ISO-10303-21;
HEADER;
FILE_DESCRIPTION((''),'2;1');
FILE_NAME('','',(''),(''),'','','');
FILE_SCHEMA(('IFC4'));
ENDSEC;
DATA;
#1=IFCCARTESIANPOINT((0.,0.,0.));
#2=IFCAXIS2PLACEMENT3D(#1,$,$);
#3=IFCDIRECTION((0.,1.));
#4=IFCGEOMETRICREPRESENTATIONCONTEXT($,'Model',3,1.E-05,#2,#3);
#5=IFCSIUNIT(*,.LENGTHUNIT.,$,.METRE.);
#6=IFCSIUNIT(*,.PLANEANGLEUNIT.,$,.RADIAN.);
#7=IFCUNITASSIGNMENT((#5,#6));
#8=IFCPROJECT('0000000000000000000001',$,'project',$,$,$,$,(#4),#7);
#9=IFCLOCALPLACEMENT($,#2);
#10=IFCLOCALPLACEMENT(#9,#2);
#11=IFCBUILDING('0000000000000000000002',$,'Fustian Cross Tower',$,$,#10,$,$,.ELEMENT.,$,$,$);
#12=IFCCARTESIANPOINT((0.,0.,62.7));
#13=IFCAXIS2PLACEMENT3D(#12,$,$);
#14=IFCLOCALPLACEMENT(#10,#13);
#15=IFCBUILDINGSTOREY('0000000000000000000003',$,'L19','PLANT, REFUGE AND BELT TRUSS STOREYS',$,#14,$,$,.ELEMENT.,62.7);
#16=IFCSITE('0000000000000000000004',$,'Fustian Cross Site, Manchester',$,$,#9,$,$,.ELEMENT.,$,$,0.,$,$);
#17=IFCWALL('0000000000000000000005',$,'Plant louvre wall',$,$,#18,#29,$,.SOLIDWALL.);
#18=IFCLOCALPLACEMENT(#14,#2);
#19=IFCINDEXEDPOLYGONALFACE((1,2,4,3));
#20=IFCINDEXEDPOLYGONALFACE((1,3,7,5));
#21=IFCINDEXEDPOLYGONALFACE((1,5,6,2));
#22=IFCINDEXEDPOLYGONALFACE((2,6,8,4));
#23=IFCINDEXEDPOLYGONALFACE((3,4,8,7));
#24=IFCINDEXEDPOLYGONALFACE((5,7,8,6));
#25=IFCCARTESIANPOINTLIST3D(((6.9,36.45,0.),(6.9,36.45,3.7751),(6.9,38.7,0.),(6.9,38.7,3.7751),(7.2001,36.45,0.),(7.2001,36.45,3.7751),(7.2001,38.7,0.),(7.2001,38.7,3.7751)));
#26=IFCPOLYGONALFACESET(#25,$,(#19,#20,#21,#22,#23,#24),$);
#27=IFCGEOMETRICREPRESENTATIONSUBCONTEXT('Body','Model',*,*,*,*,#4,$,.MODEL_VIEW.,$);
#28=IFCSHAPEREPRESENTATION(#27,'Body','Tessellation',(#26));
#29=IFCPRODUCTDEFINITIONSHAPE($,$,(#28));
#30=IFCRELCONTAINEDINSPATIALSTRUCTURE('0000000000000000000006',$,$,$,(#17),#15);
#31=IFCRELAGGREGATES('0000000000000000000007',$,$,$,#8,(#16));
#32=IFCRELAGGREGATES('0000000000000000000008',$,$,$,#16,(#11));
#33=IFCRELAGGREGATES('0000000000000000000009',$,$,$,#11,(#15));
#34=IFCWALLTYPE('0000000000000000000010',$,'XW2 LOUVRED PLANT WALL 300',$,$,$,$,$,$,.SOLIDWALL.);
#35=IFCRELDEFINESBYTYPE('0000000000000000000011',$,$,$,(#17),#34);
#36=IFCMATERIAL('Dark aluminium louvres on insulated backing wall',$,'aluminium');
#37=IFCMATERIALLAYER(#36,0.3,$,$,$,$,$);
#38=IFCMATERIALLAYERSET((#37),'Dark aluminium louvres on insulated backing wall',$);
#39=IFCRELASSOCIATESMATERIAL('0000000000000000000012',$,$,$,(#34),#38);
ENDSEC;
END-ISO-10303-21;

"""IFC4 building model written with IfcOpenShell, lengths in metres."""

from ifc_helpers import new_model, si_unit, direction, frame, frame_2d, origin, place, context, subcontext, project, spatial, rectangle, extrude, material, layer, layer_set, type_object, element, save


model = new_model("IFC4")

# Units and contexts
model_context = context("Model", 3, precision=1e-05, world=origin(), true_north=direction((0.0, 1.0)))
body_context = subcontext(model_context, "Body", "Model", "MODEL_VIEW")
ifc_project = project(units=[si_unit("LENGTHUNIT", "METRE"), si_unit("PLANEANGLEUNIT", "RADIAN")], contexts=[model_context])

# Site, building, storey
site_placement = place(None, origin())
site = spatial("IfcSite", under=ifc_project, at=site_placement, Name="Fustian Cross Site, Manchester", CompositionType="ELEMENT", RefElevation=0.0)
building_placement = place(site_placement, origin())
building = spatial("IfcBuilding", under=site, at=building_placement, Name="Fustian Cross Tower", CompositionType="ELEMENT")
storey_placement = place(building_placement, frame((0.0, 0.0, 62.7)))
storey = spatial("IfcBuildingStorey", under=building, at=storey_placement, Name="L19", Description="PLANT, REFUGE AND BELT TRUSS STOREYS", CompositionType="ELEMENT", Elevation=62.7)

# Wall
ifc_material_1 = material(Name="Dark aluminium louvres on insulated backing wall", Category="aluminium")
ifc_layer_1 = layer(ifc_material_1, 0.3)
ifc_layer_set_1 = layer_set([ifc_layer_1], Name="Dark aluminium louvres on insulated backing wall")
wall_type_1 = type_object("IfcWallType", Name="XW2 LOUVRED PLANT WALL 300", PredefinedType="SOLIDWALL", material=ifc_layer_set_1)
wall_1_placement = place(storey_placement, frame((7.05, 36.45, 0.0), z_axis=(0.0, 0.0, 1.0), x_axis=(0.0, 1.0, 0.0)))
element("IfcWall", 1, at=wall_1_placement, inside=storey, type_object=wall_type_1, Name="Plant louvre wall", PredefinedType="SOLIDWALL", context=body_context, shape_type="SweptSolid", body=[
    extrude(rectangle(XDim=2.25, YDim=0.3, at=frame_2d((1.125, 0.0))), origin(), (0.0, 0.0, 1.0), 3.7751),
])

save(model, "model.ifc")
